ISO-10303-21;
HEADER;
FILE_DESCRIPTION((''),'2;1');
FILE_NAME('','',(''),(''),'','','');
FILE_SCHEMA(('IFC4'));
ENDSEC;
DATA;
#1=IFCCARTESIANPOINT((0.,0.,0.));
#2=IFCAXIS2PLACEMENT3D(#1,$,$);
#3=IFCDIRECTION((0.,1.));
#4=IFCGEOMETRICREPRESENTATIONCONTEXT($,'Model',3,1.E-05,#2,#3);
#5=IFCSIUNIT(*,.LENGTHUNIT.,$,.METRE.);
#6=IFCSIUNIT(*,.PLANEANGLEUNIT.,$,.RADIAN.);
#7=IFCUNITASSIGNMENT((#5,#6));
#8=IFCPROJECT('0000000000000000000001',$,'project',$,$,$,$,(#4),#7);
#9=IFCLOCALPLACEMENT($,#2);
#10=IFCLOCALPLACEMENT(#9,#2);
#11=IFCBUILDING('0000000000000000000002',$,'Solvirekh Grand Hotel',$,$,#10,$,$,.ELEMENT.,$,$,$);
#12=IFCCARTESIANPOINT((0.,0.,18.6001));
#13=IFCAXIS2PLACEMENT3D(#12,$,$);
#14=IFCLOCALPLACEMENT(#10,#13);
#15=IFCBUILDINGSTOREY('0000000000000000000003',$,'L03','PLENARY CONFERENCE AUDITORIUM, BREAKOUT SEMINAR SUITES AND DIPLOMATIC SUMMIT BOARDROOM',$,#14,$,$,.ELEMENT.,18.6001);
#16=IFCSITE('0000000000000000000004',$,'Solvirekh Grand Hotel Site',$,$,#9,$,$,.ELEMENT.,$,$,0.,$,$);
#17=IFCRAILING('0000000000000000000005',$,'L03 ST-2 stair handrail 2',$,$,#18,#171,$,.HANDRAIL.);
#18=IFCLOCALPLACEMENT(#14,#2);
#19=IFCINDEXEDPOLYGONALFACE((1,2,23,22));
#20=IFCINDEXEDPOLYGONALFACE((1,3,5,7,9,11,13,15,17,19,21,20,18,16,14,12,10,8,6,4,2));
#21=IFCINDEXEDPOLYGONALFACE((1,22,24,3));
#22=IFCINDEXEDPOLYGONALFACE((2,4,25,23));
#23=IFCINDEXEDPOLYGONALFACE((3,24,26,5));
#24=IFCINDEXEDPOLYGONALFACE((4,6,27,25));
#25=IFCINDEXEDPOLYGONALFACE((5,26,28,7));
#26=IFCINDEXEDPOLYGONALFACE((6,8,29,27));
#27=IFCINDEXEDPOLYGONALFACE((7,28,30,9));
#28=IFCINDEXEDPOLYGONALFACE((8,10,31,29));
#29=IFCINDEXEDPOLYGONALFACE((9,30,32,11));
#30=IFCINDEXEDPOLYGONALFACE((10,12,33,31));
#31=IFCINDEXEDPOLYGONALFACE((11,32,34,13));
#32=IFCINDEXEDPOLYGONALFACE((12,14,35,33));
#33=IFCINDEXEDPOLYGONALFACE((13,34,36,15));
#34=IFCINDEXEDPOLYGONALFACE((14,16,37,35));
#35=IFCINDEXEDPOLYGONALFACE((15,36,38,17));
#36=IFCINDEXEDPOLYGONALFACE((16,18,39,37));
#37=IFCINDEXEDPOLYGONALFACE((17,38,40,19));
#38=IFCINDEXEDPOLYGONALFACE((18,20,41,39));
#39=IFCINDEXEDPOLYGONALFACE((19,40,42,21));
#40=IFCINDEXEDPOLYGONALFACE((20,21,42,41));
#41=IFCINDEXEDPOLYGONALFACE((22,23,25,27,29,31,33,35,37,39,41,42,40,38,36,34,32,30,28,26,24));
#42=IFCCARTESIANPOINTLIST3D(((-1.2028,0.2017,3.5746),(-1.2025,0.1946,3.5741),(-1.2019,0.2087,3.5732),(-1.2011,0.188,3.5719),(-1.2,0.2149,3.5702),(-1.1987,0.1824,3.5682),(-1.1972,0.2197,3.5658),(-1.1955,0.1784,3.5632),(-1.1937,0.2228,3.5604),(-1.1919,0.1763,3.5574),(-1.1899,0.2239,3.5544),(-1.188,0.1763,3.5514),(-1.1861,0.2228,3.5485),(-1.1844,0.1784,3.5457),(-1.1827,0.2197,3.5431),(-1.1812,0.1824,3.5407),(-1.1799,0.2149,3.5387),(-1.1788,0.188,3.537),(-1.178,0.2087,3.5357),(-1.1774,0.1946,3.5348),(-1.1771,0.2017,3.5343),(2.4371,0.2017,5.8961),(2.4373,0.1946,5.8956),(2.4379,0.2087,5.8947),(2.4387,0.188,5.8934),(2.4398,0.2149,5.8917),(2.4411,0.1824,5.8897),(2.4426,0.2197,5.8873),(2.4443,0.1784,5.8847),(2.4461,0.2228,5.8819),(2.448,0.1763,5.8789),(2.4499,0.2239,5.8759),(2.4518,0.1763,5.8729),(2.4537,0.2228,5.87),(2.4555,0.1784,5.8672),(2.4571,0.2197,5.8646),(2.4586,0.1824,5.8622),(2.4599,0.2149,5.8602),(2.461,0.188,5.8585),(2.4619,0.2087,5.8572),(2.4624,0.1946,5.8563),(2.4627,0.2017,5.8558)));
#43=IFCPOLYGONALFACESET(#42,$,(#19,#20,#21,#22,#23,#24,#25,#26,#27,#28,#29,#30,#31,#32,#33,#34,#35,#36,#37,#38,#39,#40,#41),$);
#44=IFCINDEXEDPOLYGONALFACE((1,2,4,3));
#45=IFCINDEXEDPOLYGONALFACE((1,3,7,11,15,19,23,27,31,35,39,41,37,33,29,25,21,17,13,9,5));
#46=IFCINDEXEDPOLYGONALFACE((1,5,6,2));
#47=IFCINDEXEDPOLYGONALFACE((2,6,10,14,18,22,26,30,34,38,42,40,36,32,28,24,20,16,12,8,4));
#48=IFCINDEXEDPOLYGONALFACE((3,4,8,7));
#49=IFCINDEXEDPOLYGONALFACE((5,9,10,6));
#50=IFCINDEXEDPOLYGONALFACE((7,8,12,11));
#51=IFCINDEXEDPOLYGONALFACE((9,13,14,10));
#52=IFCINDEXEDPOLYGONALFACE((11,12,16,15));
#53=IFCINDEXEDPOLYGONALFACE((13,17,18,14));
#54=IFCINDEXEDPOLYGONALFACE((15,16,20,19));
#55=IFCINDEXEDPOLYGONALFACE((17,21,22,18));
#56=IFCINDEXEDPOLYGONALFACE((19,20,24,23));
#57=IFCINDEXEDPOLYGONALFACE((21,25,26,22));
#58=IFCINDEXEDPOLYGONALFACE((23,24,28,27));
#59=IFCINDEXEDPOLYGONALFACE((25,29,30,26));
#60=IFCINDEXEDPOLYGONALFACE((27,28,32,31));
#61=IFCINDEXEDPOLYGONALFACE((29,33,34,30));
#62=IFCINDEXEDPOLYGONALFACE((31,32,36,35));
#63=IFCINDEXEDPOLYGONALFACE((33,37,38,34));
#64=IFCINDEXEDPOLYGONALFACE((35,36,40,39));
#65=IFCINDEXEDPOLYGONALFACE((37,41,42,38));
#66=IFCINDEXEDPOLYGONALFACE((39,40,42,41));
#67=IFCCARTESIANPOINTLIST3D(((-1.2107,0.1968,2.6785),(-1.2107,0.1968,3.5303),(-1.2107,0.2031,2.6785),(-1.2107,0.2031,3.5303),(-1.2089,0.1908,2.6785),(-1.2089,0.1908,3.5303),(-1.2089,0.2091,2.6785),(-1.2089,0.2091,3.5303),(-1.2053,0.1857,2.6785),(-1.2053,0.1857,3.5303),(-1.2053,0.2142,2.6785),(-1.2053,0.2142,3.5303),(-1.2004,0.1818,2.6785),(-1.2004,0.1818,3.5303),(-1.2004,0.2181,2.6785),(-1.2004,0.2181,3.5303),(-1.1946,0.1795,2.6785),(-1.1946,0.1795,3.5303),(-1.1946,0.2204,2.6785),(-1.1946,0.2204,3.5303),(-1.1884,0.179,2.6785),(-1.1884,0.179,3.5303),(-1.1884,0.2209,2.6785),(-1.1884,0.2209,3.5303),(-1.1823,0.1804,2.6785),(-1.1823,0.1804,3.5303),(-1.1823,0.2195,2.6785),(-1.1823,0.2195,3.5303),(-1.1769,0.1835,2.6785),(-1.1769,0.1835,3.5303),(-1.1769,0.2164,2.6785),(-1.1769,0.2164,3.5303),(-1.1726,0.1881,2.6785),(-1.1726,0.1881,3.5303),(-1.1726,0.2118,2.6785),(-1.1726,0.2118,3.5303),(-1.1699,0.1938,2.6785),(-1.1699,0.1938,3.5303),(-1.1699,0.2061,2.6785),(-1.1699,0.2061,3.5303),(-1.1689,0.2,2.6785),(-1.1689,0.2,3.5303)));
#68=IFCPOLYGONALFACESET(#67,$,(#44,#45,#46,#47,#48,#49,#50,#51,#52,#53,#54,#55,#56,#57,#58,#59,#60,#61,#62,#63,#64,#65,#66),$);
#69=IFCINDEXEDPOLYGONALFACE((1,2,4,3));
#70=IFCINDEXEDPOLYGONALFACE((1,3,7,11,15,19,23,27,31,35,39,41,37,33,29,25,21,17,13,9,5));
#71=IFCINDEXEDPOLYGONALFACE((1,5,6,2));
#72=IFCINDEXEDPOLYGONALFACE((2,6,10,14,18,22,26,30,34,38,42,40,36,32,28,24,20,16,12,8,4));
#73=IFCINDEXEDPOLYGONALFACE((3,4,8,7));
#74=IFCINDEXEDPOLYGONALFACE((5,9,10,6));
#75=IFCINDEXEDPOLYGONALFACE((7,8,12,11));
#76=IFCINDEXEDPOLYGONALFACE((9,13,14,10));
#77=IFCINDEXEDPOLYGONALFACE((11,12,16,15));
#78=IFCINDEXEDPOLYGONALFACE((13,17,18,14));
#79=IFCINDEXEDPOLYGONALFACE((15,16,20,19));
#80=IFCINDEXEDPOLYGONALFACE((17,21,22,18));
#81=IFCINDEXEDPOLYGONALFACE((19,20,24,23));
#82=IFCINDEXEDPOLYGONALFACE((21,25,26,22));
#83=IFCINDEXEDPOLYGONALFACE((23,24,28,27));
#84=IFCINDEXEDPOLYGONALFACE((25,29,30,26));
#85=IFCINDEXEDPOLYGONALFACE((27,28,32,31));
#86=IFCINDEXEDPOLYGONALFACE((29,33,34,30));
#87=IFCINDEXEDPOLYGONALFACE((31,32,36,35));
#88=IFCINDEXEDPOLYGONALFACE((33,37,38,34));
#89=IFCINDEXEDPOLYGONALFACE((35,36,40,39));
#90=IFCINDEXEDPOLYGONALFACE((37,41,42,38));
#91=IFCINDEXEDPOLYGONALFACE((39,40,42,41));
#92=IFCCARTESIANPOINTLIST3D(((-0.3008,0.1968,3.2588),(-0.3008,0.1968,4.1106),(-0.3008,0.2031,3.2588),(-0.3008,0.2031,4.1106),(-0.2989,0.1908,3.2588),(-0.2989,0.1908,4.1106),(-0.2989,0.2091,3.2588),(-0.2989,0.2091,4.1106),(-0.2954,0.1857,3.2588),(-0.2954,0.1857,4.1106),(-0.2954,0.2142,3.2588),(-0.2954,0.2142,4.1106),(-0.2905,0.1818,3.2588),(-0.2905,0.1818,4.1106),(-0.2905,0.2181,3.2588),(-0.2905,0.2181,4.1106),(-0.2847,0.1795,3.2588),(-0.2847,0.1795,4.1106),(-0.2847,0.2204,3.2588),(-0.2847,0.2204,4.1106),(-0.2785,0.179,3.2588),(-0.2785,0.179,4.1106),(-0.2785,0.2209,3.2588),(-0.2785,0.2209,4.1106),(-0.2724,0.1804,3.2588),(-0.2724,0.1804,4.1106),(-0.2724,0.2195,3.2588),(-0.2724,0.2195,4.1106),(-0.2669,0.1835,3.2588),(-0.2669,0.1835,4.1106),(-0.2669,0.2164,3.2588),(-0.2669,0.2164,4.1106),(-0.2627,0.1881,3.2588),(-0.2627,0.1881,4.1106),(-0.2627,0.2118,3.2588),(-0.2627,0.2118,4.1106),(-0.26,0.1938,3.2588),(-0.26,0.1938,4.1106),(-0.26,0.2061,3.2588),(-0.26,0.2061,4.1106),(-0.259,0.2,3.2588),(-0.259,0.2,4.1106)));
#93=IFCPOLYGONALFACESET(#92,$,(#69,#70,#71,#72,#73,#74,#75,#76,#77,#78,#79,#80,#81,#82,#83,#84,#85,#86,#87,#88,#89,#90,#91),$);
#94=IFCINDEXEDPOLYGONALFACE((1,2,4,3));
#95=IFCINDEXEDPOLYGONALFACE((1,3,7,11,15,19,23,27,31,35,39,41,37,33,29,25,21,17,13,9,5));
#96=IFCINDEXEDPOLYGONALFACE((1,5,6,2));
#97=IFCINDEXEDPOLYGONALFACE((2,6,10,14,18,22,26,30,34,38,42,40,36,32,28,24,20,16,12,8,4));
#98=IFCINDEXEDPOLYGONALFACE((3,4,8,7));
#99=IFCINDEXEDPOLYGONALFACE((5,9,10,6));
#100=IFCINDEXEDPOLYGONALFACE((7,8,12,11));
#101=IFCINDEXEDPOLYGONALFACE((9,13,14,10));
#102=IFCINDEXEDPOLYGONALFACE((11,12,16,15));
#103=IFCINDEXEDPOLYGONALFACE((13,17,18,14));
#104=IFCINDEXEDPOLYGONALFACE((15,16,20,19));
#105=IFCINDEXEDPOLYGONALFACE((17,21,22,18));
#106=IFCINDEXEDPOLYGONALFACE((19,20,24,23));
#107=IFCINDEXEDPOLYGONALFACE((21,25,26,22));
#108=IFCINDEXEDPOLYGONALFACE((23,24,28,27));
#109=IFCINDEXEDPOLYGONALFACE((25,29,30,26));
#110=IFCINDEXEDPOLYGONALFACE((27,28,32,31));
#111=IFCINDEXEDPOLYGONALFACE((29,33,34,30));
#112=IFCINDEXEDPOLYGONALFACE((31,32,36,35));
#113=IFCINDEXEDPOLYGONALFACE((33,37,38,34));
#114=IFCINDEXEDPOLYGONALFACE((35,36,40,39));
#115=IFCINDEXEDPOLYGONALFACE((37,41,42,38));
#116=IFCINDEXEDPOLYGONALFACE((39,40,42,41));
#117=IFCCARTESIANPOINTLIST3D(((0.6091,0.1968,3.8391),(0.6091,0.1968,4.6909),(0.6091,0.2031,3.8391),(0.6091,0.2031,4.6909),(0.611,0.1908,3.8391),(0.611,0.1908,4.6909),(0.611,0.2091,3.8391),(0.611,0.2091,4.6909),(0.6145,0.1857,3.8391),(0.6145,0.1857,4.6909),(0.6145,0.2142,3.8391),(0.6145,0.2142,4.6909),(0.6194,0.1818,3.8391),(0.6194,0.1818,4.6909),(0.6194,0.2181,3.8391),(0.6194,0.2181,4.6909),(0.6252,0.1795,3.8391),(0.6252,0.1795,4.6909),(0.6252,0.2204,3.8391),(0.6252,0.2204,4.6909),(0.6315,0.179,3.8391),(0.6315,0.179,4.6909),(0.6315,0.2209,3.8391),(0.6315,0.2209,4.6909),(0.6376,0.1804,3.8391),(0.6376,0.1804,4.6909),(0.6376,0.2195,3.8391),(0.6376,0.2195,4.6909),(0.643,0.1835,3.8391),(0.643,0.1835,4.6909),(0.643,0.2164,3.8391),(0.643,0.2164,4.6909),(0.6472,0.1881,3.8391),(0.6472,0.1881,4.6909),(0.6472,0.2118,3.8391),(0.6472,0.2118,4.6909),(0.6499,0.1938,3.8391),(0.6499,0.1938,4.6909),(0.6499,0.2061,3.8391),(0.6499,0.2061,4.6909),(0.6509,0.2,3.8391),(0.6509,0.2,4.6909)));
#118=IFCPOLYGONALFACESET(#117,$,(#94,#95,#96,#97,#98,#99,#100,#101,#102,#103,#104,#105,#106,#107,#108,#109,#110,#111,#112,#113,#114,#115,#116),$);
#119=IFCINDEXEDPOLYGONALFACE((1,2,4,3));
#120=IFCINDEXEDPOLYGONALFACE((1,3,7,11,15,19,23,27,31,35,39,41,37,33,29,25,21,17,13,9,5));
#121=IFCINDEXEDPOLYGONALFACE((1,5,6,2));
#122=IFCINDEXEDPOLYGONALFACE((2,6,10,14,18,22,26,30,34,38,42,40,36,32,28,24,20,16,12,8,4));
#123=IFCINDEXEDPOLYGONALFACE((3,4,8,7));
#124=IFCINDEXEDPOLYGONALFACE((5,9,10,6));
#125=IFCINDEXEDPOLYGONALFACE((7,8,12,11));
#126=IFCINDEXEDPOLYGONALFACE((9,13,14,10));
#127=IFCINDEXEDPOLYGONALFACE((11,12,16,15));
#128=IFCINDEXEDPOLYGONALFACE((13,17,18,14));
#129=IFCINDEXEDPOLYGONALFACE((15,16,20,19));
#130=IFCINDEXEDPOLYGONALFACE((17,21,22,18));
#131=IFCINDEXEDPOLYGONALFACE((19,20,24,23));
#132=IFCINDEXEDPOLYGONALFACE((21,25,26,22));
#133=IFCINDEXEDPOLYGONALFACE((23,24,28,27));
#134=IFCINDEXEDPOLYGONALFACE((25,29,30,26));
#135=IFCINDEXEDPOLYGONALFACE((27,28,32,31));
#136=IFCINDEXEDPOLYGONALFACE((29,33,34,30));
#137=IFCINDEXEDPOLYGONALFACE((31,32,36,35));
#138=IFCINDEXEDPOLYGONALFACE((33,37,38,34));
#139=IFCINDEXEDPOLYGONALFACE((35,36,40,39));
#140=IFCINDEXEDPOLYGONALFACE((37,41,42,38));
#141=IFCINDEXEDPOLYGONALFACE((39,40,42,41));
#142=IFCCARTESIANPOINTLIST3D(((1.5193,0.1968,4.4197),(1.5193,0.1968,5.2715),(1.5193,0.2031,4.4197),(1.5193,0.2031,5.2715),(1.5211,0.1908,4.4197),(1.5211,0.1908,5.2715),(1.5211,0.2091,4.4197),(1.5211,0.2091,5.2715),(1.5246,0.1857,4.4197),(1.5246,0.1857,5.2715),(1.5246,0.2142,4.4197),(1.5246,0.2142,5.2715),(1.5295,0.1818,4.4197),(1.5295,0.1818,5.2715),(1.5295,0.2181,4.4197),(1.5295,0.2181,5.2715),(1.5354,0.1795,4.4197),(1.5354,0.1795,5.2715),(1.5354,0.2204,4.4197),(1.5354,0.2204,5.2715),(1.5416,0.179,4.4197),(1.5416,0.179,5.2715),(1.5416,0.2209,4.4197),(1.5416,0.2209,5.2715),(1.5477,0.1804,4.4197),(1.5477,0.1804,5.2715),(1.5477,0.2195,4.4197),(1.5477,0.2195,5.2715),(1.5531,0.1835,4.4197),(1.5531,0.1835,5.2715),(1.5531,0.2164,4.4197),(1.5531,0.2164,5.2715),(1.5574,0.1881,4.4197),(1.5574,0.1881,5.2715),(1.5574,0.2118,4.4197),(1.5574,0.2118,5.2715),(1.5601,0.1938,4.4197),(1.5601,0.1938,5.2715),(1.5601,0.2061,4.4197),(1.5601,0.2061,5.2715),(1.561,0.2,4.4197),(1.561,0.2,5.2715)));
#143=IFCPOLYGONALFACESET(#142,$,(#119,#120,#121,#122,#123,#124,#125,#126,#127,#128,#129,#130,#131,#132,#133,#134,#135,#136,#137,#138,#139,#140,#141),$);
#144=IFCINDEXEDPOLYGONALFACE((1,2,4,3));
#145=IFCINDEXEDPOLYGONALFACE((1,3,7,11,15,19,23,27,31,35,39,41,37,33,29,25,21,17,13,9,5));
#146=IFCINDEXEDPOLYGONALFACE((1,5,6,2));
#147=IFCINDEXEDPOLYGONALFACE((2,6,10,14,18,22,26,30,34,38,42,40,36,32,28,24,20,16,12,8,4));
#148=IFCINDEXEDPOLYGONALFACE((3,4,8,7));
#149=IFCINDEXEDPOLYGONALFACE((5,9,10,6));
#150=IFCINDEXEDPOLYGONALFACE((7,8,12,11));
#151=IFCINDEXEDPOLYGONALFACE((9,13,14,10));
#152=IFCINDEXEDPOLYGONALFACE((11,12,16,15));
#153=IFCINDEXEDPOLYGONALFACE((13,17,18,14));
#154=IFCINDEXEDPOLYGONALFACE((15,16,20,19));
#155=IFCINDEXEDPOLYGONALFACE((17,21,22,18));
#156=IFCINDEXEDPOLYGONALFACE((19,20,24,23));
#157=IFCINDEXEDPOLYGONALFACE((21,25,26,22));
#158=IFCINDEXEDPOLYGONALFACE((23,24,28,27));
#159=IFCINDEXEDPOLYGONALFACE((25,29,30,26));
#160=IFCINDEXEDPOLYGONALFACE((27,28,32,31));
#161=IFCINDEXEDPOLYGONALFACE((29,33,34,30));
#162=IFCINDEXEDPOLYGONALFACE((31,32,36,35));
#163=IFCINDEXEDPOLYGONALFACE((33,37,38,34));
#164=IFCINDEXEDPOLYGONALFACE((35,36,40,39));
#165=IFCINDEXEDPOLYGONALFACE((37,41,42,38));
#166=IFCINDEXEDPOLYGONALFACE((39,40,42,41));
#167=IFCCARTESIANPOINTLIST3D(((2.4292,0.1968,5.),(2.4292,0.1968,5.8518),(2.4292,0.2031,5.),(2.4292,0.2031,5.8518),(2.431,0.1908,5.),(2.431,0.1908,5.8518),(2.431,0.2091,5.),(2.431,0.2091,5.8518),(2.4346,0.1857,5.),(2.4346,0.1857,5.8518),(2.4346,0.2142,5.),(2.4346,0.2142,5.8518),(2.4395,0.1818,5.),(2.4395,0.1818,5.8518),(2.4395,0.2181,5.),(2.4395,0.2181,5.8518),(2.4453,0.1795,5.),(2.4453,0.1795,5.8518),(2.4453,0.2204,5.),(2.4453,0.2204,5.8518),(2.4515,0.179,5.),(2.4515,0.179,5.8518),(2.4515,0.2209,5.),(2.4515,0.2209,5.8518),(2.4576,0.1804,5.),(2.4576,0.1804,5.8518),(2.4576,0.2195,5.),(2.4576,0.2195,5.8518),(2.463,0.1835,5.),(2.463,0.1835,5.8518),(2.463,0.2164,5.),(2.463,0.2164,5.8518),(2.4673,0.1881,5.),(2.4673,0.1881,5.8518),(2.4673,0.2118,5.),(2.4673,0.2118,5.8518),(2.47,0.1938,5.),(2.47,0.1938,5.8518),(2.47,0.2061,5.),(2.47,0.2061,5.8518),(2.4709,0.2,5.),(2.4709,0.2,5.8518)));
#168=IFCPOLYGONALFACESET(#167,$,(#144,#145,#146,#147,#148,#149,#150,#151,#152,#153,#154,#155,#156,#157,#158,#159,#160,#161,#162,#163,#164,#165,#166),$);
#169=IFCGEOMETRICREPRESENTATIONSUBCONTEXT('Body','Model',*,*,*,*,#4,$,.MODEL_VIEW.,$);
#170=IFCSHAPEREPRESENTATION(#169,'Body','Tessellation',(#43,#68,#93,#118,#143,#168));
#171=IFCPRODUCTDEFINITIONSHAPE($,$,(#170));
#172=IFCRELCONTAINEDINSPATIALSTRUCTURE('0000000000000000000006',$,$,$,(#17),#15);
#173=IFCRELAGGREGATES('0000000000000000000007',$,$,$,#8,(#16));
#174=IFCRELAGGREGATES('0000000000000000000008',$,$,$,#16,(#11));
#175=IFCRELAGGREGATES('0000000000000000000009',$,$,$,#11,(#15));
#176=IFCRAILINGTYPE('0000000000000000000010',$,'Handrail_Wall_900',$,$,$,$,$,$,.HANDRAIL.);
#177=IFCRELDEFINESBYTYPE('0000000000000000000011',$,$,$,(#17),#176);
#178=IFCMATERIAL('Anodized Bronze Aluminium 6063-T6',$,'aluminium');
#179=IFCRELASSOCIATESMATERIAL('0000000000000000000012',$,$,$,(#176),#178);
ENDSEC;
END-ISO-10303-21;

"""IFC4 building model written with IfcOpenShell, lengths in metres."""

from ifc_helpers import new_model, si_unit, direction, frame, origin, origin_2d, place, context, subcontext, project, spatial, circle, extrude, material, type_object, element, save


model = new_model("IFC4")

# Units and contexts
model_context = context("Model", 3, precision=1e-05, world=origin(), true_north=direction((0.0, 1.0)))
body_context = subcontext(model_context, "Body", "Model", "MODEL_VIEW")
ifc_project = project(units=[si_unit("LENGTHUNIT", "METRE"), si_unit("PLANEANGLEUNIT", "RADIAN")], contexts=[model_context])

# Site, building, storey
site_placement = place(None, origin())
site = spatial("IfcSite", under=ifc_project, at=site_placement, Name="Solvirekh Grand Hotel Site", CompositionType="ELEMENT", RefElevation=0.0)
building_placement = place(site_placement, origin())
building = spatial("IfcBuilding", under=site, at=building_placement, Name="Solvirekh Grand Hotel", CompositionType="ELEMENT")
storey_placement = place(building_placement, frame((0.0, 0.0, 18.6001)))
storey = spatial("IfcBuildingStorey", under=building, at=storey_placement, Name="L03", Description="PLENARY CONFERENCE AUDITORIUM, BREAKOUT SEMINAR SUITES AND DIPLOMATIC SUMMIT BOARDROOM", CompositionType="ELEMENT", Elevation=18.6001)

# Railing
ifc_material_1 = material(Name="Anodized Bronze Aluminium 6063-T6", Category="aluminium")
railing_type_1 = type_object("IfcRailingType", Name="Handrail_Wall_900", PredefinedType="HANDRAIL", material=ifc_material_1)
railing_1_placement = place(storey_placement, frame((-1.1899, 0.2, 2.6785)))
element("IfcRailing", 1, at=railing_1_placement, inside=storey, type_object=railing_type_1, Name="L03 ST-2 stair handrail 2", PredefinedType="HANDRAIL", context=body_context, shape_type="SweptSolid", body=[
    extrude(circle(Radius=0.0239, at=origin_2d()), frame((0.0, 0.0, 0.876), z_axis=(0.843112, 0.0, 0.537739), x_axis=(0.0, 1.0, 0.0)), (0.0, 0.0, 1.0), 4.3171),
    extrude(circle(Radius=0.021, at=origin_2d()), origin(), (0.0, 0.0, 1.0), 0.8518),
    extrude(circle(Radius=0.021, at=origin_2d()), frame((0.9099, 0.0, 0.5803)), (0.0, 0.0, 1.0), 0.8518),
    extrude(circle(Radius=0.021, at=origin_2d()), frame((1.8198, 0.0, 1.1606)), (0.0, 0.0, 1.0), 0.8518),
    extrude(circle(Radius=0.021, at=origin_2d()), frame((2.73, 0.0, 1.7412)), (0.0, 0.0, 1.0), 0.8518),
    extrude(circle(Radius=0.021, at=origin_2d()), frame((3.6399, 0.0, 2.3215)), (0.0, 0.0, 1.0), 0.8518),
])

save(model, "model.ifc")
